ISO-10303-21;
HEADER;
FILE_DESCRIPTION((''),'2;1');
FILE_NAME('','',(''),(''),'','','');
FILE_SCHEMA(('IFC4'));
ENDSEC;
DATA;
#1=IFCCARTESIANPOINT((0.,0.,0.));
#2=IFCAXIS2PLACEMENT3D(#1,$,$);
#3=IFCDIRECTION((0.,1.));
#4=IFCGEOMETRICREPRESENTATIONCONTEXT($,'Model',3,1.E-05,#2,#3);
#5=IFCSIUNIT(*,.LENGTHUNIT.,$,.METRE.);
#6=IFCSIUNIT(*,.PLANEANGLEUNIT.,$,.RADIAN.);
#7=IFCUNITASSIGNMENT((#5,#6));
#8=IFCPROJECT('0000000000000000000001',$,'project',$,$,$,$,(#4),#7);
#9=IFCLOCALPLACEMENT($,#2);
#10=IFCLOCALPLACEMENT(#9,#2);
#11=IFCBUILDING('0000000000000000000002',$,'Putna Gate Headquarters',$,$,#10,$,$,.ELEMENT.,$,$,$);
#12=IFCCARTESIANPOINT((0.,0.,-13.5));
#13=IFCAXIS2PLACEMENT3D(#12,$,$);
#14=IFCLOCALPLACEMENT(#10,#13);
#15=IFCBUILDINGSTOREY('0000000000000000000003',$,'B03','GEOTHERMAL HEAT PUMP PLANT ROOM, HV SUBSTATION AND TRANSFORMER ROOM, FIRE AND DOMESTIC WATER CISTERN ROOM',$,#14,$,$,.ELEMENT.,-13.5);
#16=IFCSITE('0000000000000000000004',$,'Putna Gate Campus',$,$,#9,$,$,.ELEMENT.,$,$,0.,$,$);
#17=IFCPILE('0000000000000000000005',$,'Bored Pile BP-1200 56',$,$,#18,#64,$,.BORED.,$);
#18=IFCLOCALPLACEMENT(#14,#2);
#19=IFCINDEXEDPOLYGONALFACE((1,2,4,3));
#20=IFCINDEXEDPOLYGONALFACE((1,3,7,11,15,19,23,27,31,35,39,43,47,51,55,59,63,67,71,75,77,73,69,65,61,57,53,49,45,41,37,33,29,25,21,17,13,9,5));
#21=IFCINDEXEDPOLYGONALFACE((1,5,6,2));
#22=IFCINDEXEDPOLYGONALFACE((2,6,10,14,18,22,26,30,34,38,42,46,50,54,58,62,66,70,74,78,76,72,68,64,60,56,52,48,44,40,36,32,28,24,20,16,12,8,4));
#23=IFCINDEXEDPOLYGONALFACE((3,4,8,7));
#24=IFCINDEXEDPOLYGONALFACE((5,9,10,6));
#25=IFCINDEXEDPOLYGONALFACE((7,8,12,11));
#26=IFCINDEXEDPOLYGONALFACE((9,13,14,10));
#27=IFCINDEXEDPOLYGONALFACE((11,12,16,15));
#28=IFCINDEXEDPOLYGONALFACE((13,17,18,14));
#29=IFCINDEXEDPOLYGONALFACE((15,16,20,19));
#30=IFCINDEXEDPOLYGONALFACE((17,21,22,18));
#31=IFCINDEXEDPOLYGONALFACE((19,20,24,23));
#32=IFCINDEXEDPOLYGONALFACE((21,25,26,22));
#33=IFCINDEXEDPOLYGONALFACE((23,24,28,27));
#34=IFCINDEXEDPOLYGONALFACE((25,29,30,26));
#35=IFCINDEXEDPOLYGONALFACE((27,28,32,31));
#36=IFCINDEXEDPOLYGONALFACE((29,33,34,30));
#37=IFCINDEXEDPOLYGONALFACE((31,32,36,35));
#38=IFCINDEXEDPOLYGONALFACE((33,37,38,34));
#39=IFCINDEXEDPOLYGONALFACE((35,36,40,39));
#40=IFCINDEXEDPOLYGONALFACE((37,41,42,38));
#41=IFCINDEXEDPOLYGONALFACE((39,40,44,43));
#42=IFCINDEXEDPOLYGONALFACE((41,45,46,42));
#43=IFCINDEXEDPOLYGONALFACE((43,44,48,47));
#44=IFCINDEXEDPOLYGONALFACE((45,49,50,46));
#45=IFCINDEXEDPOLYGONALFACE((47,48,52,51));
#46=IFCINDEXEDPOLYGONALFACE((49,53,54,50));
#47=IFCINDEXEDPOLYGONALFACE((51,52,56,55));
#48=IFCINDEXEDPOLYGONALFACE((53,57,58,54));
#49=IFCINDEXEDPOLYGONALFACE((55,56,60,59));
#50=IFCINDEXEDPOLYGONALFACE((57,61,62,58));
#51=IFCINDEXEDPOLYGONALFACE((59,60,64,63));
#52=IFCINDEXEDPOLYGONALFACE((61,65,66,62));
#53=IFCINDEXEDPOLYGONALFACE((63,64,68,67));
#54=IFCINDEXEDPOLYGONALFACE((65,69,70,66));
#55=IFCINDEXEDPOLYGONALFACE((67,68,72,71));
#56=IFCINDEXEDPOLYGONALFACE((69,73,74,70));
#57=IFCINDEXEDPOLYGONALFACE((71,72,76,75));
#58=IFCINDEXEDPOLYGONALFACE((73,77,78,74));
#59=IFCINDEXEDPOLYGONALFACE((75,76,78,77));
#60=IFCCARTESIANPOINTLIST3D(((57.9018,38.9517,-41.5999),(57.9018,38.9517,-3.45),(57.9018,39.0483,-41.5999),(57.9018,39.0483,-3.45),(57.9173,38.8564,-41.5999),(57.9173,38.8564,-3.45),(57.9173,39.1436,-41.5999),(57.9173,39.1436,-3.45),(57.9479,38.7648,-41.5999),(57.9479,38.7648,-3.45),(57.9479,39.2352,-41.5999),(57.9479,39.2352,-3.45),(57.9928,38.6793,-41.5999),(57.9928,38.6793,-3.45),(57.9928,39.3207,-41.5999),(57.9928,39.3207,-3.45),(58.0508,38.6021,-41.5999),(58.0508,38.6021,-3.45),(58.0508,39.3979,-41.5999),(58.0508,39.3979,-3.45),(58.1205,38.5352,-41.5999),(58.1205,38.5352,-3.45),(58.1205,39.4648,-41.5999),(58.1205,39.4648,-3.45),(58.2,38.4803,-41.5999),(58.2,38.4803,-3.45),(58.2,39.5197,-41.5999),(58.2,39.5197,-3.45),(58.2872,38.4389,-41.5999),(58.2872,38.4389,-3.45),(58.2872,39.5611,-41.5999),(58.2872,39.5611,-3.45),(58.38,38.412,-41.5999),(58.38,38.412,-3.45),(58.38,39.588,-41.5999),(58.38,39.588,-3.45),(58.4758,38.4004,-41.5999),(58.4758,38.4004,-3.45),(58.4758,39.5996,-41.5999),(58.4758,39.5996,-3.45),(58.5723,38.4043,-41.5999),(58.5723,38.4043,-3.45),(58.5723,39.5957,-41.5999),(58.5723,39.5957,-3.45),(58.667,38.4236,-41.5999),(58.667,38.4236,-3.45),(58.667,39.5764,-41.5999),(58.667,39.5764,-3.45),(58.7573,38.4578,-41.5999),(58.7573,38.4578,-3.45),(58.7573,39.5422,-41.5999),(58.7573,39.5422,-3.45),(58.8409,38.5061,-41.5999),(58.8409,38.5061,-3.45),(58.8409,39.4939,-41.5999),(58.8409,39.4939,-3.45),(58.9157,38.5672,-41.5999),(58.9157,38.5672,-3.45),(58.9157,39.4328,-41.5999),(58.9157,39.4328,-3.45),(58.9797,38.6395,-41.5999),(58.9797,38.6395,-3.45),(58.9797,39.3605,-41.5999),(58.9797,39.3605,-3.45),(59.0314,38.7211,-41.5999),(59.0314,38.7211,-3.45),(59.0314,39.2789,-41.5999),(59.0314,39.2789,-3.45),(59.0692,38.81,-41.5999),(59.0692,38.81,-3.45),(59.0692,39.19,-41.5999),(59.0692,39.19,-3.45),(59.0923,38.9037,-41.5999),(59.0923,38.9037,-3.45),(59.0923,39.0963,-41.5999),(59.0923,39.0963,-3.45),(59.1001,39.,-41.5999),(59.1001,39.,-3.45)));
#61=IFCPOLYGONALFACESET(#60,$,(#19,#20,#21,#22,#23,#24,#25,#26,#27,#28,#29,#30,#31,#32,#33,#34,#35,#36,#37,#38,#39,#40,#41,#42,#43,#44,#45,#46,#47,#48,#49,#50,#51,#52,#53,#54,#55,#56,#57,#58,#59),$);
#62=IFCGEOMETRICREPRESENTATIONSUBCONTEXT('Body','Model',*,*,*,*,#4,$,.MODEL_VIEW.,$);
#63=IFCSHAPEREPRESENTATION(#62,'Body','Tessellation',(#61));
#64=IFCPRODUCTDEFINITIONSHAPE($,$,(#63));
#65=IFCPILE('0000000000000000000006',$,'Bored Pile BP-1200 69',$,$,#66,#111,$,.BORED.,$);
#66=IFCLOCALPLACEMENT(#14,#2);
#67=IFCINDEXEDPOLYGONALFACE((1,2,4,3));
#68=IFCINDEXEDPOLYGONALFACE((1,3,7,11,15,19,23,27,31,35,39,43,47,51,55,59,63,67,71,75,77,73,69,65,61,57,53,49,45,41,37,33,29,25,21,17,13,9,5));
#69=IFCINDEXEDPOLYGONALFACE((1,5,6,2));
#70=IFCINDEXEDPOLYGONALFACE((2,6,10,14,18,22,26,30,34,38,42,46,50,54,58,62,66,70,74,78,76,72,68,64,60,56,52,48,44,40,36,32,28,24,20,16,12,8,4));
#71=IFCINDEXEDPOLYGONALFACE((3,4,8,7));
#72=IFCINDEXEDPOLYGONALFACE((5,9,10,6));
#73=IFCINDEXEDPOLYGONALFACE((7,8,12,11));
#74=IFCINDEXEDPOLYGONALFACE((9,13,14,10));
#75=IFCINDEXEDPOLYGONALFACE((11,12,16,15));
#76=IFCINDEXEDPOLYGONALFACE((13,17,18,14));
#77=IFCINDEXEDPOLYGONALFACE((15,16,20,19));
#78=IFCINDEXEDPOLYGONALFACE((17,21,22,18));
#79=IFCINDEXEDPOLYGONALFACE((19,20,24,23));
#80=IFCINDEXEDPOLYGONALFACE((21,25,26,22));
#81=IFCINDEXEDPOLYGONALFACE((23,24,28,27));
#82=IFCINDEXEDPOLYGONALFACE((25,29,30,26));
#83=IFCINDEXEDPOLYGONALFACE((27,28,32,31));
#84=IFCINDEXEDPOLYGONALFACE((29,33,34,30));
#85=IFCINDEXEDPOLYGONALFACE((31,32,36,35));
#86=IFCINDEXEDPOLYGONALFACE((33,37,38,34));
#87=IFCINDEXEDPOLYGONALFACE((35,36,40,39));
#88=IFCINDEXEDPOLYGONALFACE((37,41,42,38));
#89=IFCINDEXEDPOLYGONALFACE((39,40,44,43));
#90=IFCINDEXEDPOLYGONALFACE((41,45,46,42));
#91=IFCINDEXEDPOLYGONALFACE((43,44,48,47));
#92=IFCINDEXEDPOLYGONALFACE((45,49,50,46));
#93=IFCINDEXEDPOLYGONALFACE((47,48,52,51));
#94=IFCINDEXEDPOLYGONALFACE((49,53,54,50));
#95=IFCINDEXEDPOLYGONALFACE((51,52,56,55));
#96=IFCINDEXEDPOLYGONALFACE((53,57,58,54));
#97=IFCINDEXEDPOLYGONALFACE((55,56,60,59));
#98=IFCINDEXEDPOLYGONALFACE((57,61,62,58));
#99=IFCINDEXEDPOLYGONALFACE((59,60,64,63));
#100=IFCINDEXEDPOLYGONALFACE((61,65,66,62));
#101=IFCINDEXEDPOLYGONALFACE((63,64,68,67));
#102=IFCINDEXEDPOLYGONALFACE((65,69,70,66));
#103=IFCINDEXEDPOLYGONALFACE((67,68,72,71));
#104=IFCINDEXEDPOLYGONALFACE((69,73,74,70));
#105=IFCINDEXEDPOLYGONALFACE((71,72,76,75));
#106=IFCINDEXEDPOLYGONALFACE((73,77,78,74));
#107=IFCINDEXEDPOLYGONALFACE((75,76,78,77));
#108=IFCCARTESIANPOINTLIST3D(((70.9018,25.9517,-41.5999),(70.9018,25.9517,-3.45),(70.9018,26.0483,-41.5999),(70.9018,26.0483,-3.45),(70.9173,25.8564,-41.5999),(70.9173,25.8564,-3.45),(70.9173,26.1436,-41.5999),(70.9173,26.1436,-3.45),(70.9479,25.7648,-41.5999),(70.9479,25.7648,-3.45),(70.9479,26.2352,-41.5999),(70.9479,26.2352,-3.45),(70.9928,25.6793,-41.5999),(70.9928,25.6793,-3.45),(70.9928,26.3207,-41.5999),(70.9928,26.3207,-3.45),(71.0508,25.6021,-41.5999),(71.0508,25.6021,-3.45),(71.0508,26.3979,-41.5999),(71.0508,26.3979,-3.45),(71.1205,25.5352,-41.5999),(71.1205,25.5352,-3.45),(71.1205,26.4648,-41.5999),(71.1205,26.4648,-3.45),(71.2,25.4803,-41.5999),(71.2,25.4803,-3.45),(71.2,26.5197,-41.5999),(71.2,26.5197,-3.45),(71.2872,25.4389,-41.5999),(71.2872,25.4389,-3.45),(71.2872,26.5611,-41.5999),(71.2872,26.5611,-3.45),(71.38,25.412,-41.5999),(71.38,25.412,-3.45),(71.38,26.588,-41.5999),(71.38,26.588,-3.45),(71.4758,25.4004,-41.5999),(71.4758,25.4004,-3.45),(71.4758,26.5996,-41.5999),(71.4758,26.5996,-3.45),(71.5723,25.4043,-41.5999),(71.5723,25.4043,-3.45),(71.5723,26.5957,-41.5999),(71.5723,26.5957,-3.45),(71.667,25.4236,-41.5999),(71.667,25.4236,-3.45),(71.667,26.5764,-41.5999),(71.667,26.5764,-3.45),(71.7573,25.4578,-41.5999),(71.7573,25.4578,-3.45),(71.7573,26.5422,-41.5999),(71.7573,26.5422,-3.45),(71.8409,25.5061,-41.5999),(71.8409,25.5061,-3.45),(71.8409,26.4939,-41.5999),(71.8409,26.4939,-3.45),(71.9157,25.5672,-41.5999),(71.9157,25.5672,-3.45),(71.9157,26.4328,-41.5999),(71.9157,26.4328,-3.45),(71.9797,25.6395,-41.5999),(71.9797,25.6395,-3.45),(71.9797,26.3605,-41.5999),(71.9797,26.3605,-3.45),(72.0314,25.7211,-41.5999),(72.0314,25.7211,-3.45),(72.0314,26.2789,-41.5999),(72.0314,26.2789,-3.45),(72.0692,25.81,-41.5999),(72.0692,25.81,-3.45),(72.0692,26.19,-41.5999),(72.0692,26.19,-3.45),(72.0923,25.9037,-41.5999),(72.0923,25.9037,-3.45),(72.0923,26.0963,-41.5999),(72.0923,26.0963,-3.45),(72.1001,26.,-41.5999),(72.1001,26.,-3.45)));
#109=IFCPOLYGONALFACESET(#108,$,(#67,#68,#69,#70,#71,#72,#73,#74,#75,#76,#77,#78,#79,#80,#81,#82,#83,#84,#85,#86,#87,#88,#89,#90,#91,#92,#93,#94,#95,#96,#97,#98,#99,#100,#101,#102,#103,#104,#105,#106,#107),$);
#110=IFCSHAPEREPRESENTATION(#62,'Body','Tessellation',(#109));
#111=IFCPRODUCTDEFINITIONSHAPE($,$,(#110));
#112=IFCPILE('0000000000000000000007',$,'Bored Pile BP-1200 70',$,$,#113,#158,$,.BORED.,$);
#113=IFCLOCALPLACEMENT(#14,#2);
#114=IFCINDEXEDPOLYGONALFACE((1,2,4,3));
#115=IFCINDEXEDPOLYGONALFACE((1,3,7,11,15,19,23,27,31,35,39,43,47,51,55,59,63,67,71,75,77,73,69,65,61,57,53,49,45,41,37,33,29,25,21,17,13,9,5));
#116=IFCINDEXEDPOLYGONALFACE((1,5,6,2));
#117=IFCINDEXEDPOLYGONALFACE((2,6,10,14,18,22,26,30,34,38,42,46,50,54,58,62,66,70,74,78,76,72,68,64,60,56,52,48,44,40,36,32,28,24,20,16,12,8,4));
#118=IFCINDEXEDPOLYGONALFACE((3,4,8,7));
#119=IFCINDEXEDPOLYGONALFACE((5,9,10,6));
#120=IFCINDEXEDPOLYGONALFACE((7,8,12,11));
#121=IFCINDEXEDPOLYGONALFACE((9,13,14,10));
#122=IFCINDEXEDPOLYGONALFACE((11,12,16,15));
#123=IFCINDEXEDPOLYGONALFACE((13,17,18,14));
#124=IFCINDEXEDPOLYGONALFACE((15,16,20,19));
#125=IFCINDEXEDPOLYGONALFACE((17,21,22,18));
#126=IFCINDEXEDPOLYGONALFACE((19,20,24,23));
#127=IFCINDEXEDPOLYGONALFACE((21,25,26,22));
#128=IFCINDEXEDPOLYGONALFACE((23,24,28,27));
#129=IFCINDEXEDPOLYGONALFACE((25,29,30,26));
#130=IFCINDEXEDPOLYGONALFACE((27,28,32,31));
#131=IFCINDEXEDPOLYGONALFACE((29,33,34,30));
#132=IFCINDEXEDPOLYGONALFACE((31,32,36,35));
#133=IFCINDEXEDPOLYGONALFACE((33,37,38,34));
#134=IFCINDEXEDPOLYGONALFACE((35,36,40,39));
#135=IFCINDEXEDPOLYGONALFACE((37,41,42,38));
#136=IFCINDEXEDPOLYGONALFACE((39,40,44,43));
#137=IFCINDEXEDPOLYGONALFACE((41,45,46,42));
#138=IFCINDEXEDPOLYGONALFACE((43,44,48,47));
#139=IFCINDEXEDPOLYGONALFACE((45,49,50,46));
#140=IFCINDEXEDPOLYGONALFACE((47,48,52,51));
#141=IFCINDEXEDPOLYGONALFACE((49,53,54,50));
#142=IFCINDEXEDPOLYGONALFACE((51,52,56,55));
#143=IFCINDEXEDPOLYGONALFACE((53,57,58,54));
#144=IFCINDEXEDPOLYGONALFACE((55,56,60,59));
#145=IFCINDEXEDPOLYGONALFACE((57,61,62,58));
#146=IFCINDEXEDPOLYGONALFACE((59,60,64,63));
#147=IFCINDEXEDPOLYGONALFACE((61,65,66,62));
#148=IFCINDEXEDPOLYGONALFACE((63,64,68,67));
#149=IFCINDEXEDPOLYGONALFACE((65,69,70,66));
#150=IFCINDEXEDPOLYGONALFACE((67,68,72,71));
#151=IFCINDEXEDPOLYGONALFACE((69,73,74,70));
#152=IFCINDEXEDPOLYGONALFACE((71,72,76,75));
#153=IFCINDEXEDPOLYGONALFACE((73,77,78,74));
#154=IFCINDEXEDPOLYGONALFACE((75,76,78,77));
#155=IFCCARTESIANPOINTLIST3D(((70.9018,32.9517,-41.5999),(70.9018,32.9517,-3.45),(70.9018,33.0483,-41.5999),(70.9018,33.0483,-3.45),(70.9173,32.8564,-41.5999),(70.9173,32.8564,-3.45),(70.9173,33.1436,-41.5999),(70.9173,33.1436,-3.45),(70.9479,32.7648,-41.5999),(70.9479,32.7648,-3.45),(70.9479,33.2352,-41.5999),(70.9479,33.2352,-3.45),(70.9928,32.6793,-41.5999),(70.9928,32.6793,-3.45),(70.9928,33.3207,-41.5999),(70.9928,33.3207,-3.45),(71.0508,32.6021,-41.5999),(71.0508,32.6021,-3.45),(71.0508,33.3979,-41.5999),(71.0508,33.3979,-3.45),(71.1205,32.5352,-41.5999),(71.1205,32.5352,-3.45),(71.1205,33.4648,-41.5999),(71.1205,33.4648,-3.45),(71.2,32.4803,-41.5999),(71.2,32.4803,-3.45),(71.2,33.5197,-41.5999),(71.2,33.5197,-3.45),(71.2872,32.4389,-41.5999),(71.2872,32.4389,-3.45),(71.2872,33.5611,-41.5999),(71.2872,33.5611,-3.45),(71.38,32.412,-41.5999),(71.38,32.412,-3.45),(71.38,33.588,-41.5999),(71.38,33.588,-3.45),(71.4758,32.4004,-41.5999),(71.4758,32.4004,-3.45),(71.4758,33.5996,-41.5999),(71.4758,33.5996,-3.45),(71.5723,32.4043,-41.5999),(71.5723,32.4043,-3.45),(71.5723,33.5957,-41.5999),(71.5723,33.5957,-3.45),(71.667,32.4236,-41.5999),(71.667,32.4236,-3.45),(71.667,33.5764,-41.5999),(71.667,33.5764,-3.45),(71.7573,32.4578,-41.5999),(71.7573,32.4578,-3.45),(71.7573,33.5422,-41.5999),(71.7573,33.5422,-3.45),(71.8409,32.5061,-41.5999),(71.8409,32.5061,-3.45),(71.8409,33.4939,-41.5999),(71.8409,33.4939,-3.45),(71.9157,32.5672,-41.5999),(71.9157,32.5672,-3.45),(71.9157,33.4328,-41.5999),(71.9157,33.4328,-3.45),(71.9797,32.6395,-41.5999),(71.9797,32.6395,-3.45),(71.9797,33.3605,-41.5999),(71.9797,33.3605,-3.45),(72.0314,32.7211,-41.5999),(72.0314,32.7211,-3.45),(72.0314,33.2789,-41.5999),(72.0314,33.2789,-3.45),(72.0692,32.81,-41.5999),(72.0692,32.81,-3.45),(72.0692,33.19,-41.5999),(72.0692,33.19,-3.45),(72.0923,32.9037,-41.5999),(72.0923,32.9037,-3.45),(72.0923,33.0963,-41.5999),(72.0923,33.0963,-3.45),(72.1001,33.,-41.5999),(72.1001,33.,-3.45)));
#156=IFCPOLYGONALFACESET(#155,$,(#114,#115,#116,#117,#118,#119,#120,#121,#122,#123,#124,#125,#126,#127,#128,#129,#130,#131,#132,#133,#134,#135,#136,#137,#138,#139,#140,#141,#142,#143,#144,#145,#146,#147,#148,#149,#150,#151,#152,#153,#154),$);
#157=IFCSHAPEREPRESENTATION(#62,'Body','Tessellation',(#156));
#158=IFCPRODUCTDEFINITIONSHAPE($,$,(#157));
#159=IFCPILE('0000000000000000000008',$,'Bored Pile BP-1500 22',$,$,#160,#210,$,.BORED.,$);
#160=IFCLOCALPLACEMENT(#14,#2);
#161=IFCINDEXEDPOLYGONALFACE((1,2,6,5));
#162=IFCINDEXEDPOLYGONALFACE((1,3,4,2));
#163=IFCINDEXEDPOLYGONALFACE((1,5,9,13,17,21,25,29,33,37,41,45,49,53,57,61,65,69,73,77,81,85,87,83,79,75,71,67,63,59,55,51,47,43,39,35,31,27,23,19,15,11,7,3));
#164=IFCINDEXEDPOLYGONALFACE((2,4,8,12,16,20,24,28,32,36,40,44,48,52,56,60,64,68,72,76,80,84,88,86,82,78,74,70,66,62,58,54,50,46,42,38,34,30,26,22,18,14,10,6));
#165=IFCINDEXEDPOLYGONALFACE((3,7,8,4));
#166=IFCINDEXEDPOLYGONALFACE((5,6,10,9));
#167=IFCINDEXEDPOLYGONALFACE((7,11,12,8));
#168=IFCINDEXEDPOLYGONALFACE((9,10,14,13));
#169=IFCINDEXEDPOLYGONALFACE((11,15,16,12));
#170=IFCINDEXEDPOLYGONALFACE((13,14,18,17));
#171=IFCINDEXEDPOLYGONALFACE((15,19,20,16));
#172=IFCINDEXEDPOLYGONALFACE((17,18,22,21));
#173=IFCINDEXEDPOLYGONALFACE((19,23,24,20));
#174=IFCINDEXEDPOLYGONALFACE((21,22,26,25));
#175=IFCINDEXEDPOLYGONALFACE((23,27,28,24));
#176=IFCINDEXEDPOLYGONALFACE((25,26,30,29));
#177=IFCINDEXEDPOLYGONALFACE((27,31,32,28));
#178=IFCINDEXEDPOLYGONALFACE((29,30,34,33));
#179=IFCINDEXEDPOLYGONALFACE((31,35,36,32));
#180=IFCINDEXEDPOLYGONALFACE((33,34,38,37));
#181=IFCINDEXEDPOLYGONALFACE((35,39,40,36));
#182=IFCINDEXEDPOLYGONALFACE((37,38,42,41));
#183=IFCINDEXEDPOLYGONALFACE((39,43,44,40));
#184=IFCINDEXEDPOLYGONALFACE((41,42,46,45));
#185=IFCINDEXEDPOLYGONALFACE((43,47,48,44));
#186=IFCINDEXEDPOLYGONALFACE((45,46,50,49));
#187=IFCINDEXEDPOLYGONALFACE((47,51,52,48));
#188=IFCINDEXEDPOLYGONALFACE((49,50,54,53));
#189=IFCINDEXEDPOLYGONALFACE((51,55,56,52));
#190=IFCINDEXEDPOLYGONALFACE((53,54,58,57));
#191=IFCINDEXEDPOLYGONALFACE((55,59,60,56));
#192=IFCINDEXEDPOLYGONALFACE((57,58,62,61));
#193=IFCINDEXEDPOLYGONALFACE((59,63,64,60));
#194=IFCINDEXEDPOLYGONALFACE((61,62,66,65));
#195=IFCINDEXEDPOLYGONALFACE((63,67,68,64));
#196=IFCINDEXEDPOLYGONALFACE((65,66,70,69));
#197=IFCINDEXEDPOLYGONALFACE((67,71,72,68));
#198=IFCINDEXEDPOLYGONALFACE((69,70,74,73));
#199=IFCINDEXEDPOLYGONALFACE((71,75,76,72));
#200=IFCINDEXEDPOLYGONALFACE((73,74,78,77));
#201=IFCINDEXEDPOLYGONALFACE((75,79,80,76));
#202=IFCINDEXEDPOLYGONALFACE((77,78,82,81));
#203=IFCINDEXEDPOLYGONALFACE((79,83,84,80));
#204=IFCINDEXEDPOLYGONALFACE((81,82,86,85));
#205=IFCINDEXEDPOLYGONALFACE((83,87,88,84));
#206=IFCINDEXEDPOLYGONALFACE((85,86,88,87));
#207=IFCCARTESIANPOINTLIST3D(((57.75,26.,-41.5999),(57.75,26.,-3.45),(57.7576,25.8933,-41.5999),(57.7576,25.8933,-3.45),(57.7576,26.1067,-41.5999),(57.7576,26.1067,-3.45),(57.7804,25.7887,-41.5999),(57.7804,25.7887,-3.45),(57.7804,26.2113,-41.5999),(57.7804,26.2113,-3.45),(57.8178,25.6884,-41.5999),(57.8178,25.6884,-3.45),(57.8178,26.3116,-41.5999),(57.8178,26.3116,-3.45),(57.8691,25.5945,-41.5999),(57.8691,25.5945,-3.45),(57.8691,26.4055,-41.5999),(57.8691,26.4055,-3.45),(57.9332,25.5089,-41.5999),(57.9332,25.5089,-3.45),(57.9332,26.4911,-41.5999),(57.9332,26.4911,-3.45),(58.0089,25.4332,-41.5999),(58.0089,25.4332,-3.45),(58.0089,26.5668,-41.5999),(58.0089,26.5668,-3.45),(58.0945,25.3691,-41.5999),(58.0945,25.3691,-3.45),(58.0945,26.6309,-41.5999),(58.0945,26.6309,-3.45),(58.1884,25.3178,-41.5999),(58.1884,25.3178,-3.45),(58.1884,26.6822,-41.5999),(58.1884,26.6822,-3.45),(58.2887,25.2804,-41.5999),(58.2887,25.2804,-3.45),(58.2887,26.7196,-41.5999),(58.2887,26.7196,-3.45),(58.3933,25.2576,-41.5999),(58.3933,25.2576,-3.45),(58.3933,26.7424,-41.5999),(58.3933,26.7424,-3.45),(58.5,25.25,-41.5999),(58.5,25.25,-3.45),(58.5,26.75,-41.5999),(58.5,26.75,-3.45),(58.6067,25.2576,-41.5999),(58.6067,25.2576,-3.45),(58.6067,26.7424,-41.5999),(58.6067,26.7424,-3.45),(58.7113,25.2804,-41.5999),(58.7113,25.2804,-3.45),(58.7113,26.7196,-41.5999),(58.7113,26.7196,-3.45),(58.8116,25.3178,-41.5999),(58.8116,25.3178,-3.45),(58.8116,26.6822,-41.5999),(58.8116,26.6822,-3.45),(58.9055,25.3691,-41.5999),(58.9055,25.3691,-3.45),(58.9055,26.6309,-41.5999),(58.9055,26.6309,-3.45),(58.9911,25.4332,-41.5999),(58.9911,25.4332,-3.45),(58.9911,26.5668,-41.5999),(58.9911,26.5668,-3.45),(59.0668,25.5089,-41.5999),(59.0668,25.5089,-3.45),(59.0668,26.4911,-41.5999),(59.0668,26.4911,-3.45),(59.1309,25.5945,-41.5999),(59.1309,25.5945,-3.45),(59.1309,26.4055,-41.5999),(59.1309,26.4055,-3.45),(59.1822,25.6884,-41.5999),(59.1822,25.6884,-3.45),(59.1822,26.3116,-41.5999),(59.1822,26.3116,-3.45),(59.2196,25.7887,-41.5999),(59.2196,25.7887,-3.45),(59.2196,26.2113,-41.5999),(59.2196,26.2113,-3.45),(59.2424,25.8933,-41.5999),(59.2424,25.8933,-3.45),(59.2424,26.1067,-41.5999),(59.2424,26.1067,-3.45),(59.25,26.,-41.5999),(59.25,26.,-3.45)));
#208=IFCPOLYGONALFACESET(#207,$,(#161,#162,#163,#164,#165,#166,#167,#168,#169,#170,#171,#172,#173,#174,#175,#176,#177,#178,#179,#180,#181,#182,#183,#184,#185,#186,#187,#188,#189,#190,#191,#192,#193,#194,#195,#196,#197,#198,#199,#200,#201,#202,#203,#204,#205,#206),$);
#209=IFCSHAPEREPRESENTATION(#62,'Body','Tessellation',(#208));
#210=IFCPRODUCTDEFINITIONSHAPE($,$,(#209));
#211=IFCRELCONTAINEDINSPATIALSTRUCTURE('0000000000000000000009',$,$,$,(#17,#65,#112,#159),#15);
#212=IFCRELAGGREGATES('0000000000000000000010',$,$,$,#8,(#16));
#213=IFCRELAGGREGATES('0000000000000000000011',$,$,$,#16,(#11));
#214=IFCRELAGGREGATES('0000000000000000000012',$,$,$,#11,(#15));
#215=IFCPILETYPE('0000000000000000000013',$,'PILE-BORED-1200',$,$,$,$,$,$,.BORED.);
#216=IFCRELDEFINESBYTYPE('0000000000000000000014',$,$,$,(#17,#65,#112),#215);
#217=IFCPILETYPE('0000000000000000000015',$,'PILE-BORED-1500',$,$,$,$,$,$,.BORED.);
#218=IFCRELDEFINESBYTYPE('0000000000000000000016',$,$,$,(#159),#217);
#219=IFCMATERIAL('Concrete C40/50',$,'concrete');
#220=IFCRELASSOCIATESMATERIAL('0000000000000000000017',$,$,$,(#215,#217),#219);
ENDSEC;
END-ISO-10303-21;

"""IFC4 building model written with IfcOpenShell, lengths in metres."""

from ifc_helpers import new_model, si_unit, direction, frame, origin, origin_2d, place, context, subcontext, project, spatial, circle, extrude, material, material_profile, profile_set, type_object, element, save


model = new_model("IFC4")

# Units and contexts
model_context = context("Model", 3, precision=1e-05, world=origin(), true_north=direction((0.0, 1.0)))
body_context = subcontext(model_context, "Body", "Model", "MODEL_VIEW")
ifc_project = project(units=[si_unit("LENGTHUNIT", "METRE"), si_unit("PLANEANGLEUNIT", "RADIAN")], contexts=[model_context])

# Site, building, storey
site_placement = place(None, origin())
site = spatial("IfcSite", under=ifc_project, at=site_placement, Name="Putna Gate Campus", CompositionType="ELEMENT", RefElevation=0.0)
building_placement = place(site_placement, origin())
building = spatial("IfcBuilding", under=site, at=building_placement, Name="Putna Gate Headquarters", CompositionType="ELEMENT")
storey_placement = place(building_placement, frame((0.0, 0.0, -13.5)))
storey = spatial("IfcBuildingStorey", under=building, at=storey_placement, Name="B03", Description="GEOTHERMAL HEAT PUMP PLANT ROOM, HV SUBSTATION AND TRANSFORMER ROOM, FIRE AND DOMESTIC WATER CISTERN ROOM", CompositionType="ELEMENT", Elevation=-13.5)

# Piles
ifc_material_1 = material(Name="Concrete C40/50", Category="concrete")
ifc_material_profile_1 = material_profile(ifc_material_1, circle(Radius=0.6001, at=origin_2d()), Name="Concrete C40/50")
ifc_profile_set_1 = profile_set([ifc_material_profile_1], Name="Concrete C40/50")
pile_type_1 = type_object("IfcPileType", Name="PILE-BORED-1200", PredefinedType="BORED", material=ifc_profile_set_1)
for number, where, z_axis, x_axis, name in (
    (1, (58.5, 39.0, -3.45), (0.0, 0.0, -1.0), (1.0, 0.0, 0.0), "Bored Pile BP-1200 56"),
    (2, (71.5, 26.0, -3.45), (0.0, 0.0, -1.0), (1.0, 0.0, 0.0), "Bored Pile BP-1200 69"),
    (3, (71.5, 33.0, -3.45), (0.0, 0.0, -1.0), (1.0, 0.0, 0.0), "Bored Pile BP-1200 70"),
):
    element("IfcPile", number, at=place(storey_placement, frame(where, z_axis=z_axis, x_axis=x_axis)), inside=storey, type_object=pile_type_1, Name=name, PredefinedType="BORED", context=body_context, shape_type="SweptSolid", body=[
        extrude(circle(Radius=0.6001, at=origin_2d()), origin(), (0.0, 0.0, 1.0), 38.1499),
    ])
ifc_material_profile_2 = material_profile(ifc_material_1, circle(Radius=0.75, at=origin_2d()), Name="Concrete C40/50")
ifc_profile_set_2 = profile_set([ifc_material_profile_2], Name="Concrete C40/50")
pile_type_2 = type_object("IfcPileType", Name="PILE-BORED-1500", PredefinedType="BORED", material=ifc_profile_set_2)
for number, where, z_axis, x_axis, name in (
    (4, (58.5, 26.0, -3.45), (0.0, 0.0, -1.0), (1.0, 0.0, 0.0), "Bored Pile BP-1500 22"),
):
    element("IfcPile", number, at=place(storey_placement, frame(where, z_axis=z_axis, x_axis=x_axis)), inside=storey, type_object=pile_type_2, Name=name, PredefinedType="BORED", context=body_context, shape_type="SweptSolid", body=[
        extrude(circle(Radius=0.75, at=origin_2d()), origin(), (0.0, 0.0, 1.0), 38.1499),
    ])

save(model, "model.ifc")
